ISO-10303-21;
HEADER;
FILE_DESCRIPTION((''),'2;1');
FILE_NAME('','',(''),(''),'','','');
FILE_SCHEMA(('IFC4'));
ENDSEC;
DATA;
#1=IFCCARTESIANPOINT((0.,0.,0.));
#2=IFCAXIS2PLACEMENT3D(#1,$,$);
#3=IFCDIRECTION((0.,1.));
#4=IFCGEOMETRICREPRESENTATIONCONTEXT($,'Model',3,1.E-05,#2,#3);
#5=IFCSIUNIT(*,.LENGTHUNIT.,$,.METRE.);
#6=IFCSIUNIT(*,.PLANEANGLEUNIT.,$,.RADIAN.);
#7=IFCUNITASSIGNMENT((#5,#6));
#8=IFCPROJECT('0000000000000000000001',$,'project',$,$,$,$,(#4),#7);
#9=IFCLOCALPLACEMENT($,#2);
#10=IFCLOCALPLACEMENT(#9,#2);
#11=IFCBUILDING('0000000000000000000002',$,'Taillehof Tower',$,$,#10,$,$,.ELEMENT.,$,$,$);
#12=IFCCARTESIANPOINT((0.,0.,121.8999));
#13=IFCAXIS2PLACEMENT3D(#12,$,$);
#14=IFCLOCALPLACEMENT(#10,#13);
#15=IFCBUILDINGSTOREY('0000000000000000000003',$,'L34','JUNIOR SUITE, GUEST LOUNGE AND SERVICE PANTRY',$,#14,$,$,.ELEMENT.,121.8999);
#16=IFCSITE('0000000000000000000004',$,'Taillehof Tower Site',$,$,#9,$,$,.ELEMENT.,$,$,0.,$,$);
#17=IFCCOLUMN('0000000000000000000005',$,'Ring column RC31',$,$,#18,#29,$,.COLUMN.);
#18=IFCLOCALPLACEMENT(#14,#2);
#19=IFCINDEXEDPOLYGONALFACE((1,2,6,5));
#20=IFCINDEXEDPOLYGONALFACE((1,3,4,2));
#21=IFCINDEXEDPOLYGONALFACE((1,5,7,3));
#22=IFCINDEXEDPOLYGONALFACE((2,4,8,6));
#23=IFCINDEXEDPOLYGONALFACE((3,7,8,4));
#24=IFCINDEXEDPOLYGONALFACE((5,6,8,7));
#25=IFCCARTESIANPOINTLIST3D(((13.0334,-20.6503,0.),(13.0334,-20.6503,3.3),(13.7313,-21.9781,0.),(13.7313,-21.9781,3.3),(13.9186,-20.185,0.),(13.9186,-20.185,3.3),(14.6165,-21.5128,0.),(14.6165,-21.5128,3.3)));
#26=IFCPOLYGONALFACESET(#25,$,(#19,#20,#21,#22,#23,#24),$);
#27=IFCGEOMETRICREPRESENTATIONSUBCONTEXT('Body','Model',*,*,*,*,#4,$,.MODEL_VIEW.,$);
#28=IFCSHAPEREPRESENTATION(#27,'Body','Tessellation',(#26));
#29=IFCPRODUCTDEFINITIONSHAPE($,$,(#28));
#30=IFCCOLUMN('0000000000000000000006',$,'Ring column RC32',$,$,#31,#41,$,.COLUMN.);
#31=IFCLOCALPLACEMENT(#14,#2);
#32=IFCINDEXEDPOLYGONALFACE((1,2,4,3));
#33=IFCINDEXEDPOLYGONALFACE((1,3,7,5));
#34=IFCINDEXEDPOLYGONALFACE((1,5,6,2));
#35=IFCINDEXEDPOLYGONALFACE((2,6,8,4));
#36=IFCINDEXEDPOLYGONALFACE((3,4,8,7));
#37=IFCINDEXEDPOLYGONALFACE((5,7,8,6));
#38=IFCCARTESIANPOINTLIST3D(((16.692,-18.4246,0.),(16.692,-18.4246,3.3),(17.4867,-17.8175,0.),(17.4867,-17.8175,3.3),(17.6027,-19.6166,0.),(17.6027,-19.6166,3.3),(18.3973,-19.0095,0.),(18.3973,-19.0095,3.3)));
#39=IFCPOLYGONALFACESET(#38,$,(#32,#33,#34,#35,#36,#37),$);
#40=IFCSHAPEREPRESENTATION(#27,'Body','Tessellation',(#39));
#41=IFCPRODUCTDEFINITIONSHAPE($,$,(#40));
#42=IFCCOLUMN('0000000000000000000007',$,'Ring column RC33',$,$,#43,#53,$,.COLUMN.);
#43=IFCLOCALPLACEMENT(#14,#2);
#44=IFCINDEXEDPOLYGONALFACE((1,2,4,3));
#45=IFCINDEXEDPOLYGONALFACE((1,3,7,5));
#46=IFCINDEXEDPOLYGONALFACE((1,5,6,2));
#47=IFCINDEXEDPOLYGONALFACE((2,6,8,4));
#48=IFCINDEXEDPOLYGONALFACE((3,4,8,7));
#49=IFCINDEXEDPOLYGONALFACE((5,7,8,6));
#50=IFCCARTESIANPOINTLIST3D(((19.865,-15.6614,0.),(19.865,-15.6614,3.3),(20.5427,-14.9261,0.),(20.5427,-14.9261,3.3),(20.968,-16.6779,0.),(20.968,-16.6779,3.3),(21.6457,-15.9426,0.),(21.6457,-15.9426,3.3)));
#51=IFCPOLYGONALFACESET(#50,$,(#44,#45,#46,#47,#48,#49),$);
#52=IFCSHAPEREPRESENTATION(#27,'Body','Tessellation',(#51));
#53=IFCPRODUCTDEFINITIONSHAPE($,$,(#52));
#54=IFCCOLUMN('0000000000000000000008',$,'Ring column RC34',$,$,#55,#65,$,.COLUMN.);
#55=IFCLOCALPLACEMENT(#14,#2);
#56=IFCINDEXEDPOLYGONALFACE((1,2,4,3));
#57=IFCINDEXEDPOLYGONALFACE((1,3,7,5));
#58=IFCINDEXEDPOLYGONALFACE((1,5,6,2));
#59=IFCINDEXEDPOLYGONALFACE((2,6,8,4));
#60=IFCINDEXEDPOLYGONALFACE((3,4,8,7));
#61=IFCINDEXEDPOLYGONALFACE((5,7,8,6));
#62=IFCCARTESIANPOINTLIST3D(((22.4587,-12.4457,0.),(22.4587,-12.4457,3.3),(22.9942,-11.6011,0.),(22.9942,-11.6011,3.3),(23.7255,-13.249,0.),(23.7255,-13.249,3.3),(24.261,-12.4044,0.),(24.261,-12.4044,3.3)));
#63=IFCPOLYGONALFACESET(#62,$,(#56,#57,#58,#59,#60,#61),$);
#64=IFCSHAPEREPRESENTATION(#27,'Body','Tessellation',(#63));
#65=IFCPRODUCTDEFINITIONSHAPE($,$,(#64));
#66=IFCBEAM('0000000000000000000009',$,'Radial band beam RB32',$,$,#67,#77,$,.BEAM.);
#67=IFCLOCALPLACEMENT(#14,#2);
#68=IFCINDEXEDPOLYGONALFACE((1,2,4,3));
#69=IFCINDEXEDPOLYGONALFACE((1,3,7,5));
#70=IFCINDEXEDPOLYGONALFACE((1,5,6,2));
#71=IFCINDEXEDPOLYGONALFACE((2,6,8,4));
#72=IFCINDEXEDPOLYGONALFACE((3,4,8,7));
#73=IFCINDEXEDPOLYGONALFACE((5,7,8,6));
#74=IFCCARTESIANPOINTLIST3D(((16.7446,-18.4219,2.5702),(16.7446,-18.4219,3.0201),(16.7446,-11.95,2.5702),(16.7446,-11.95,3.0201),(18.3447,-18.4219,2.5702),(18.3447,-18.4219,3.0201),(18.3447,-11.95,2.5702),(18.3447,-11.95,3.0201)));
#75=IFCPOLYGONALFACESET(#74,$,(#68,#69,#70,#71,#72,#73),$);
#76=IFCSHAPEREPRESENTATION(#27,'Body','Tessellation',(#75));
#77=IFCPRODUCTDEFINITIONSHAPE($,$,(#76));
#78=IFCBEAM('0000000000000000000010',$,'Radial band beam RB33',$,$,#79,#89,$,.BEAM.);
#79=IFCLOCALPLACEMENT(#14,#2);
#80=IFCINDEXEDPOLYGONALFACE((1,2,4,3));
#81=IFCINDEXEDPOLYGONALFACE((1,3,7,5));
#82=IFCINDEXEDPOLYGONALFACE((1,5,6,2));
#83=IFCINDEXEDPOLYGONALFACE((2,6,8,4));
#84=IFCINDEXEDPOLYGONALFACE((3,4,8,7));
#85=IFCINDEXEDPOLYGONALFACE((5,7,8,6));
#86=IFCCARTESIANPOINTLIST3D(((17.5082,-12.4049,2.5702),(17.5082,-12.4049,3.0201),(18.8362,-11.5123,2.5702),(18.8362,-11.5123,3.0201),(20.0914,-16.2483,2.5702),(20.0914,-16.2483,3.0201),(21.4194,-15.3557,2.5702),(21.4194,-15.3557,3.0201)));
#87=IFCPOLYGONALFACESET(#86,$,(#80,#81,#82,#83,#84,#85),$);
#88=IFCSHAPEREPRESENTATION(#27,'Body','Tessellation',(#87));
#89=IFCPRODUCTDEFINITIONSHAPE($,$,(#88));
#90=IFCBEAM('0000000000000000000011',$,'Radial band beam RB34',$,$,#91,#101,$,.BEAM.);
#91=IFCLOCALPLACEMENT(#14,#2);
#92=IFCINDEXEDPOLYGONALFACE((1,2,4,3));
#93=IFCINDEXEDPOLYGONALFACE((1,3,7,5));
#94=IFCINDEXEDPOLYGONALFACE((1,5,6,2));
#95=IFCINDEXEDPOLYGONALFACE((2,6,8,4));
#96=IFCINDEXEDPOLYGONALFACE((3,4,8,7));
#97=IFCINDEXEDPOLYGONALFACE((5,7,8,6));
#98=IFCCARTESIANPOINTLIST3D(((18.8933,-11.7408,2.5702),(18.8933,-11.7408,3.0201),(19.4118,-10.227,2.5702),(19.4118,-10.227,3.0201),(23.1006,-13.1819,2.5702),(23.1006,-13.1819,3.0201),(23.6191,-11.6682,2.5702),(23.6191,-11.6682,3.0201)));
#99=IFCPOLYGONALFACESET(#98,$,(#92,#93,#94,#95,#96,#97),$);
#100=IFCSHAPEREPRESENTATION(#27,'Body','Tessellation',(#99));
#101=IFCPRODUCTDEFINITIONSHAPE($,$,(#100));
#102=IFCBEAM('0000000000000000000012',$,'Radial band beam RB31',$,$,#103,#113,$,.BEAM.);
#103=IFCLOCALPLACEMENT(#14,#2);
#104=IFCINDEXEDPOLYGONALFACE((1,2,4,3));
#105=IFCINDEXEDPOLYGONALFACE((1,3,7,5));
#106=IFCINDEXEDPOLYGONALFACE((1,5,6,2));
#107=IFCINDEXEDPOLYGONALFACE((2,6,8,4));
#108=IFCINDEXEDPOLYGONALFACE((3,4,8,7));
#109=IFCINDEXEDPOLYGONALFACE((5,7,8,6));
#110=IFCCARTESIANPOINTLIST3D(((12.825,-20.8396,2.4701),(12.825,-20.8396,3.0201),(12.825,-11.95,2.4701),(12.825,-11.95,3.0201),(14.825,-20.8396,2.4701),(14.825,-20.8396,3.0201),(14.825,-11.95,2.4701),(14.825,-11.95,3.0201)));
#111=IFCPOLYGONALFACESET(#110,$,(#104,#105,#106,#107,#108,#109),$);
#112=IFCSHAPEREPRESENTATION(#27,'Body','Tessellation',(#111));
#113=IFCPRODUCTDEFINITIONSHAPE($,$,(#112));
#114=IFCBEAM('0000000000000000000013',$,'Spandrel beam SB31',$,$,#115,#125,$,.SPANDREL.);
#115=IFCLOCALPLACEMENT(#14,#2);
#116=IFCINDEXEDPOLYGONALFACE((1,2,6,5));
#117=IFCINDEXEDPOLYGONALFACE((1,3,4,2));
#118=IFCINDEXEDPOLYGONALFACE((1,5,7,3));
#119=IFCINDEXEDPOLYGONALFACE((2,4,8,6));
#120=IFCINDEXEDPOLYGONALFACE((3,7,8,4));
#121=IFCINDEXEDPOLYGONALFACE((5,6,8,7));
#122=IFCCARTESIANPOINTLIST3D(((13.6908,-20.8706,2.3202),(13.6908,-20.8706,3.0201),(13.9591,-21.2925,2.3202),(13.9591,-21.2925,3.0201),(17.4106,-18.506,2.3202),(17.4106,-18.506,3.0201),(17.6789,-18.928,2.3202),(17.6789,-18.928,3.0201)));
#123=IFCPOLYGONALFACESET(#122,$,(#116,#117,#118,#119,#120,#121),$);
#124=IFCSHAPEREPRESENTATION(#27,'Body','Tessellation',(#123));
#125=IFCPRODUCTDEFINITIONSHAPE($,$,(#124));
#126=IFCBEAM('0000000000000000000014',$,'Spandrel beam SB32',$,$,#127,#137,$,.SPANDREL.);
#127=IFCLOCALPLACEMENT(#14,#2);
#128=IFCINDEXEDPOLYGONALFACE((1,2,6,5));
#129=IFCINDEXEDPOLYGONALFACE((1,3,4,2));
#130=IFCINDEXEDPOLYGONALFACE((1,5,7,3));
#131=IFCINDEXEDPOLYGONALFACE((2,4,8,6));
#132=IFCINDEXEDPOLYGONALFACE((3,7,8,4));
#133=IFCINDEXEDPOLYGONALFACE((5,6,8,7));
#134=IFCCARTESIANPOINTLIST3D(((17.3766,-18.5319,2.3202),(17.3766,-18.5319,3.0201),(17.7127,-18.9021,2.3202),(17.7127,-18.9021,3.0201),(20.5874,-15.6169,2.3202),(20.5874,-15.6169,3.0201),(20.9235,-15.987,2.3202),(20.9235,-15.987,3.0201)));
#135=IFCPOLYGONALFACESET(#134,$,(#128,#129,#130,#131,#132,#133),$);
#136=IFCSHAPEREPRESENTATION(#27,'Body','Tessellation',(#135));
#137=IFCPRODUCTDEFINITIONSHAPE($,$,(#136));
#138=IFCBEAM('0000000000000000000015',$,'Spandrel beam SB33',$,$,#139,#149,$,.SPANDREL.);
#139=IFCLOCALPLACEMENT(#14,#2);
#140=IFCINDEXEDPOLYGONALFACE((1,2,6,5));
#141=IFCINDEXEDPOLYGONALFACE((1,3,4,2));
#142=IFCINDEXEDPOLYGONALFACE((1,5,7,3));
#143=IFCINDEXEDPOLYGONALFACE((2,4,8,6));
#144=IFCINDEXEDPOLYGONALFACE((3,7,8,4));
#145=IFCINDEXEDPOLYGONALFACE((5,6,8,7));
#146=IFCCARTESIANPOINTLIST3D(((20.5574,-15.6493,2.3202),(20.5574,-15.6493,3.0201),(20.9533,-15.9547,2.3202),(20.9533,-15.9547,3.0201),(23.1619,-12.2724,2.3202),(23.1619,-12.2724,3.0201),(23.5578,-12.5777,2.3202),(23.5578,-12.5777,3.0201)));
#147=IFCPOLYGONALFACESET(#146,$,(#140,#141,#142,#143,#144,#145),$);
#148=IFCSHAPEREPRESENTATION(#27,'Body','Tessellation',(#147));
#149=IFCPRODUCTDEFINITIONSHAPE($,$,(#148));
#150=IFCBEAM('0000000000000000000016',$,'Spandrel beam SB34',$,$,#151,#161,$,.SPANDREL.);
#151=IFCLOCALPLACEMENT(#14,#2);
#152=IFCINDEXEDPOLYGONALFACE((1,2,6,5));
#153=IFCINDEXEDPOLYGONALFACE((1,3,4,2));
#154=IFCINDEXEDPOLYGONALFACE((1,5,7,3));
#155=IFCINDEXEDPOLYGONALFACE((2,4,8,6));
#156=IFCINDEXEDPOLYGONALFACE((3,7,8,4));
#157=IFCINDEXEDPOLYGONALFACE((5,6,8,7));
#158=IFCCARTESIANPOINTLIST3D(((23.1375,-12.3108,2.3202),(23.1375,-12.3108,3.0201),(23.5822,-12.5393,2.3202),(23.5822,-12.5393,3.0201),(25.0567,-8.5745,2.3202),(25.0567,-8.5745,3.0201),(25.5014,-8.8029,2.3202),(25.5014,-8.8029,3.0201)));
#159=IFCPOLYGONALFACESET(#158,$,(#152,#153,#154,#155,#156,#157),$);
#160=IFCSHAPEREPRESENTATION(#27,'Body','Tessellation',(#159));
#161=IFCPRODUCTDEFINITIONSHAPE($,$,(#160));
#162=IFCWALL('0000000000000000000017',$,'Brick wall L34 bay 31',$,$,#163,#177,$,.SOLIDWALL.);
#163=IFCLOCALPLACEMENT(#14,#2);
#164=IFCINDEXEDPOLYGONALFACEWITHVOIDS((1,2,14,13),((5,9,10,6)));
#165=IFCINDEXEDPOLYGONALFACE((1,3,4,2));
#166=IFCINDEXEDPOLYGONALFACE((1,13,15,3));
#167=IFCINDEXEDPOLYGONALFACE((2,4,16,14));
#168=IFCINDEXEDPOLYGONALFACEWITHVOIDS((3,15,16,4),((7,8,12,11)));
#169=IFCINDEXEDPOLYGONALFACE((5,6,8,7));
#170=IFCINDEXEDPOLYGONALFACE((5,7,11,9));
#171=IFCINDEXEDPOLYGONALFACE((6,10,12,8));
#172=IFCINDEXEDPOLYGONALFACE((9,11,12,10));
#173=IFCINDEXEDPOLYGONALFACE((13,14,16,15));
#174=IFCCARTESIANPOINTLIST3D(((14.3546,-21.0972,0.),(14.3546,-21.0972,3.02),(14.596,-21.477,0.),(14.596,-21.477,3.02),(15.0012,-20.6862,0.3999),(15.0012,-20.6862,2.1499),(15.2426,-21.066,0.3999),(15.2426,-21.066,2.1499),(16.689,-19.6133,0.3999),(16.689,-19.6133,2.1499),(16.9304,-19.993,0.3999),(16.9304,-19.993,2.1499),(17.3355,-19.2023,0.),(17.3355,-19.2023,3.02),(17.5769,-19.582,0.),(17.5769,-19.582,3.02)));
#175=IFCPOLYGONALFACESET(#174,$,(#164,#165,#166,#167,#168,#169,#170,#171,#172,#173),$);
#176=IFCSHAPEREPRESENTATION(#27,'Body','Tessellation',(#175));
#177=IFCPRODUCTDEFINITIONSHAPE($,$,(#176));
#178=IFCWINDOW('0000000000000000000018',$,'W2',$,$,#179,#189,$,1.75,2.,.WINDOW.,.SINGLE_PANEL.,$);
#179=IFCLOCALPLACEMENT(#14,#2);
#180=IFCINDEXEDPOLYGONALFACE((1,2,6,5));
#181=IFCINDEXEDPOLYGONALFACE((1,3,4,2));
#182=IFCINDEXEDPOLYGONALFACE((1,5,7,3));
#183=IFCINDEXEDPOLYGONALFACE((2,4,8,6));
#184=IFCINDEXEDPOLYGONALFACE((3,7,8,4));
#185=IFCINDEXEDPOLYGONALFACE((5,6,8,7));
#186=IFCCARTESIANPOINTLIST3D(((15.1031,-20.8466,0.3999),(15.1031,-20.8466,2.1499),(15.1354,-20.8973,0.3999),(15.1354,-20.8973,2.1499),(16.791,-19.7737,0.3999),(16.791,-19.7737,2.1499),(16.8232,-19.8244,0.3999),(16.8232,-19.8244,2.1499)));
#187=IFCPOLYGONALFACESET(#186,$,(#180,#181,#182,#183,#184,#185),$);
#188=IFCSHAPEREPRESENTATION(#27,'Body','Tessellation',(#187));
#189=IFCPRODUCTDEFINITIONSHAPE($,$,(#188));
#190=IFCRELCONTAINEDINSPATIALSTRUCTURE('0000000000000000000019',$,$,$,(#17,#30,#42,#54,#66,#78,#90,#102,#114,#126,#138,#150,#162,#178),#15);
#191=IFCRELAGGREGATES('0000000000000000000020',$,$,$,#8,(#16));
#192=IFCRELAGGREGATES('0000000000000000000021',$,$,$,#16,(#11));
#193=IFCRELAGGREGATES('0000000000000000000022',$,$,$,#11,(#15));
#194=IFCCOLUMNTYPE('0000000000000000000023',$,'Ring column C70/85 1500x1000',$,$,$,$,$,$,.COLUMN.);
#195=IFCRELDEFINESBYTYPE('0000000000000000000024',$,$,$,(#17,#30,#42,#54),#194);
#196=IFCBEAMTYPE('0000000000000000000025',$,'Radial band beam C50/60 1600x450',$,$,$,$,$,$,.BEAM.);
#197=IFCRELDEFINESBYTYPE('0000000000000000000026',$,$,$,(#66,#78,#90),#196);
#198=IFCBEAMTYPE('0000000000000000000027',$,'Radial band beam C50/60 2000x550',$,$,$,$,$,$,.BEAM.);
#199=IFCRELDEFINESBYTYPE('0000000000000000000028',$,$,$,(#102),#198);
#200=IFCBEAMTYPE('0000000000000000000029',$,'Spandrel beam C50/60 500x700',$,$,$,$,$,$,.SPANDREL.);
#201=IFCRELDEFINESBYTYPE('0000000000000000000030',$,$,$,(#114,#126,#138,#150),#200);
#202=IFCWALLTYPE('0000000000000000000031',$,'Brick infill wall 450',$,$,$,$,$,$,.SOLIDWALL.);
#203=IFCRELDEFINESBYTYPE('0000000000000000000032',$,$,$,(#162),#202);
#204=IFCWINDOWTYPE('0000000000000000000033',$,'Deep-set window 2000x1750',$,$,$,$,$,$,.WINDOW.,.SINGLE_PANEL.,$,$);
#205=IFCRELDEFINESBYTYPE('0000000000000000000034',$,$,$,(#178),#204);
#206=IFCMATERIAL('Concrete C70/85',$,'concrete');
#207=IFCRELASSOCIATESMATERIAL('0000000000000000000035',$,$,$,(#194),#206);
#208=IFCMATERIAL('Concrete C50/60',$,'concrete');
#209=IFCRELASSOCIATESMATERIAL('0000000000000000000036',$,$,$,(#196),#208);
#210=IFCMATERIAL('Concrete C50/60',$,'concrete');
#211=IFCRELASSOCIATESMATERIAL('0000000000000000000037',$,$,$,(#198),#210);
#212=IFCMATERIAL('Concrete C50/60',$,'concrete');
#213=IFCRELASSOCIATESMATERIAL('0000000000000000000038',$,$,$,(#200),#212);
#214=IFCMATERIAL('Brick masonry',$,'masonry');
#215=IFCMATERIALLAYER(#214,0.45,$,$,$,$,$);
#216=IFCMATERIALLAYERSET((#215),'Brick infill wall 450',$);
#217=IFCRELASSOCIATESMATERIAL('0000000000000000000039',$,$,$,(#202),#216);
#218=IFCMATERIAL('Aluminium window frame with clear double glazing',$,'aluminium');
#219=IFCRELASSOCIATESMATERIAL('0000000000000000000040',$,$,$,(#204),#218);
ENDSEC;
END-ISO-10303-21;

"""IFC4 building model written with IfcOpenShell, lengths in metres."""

from ifc_helpers import new_model, si_unit, direction, frame, frame_2d, origin, origin_2d, place, context, subcontext, project, spatial, rectangle, extrude, material, layer, layer_set, material_profile, profile_set, type_object, element, fill, save


model = new_model("IFC4")

# Units and contexts
model_context = context("Model", 3, precision=1e-05, world=origin(), true_north=direction((0.0, 1.0)))
body_context = subcontext(model_context, "Body", "Model", "MODEL_VIEW")
ifc_project = project(units=[si_unit("LENGTHUNIT", "METRE"), si_unit("PLANEANGLEUNIT", "RADIAN")], contexts=[model_context])

# Site, building, storey
site_placement = place(None, origin())
site = spatial("IfcSite", under=ifc_project, at=site_placement, Name="Taillehof Tower Site", CompositionType="ELEMENT", RefElevation=0.0)
building_placement = place(site_placement, origin())
building = spatial("IfcBuilding", under=site, at=building_placement, Name="Taillehof Tower", CompositionType="ELEMENT")
storey_placement = place(building_placement, frame((0.0, 0.0, 121.8999)))
storey = spatial("IfcBuildingStorey", under=building, at=storey_placement, Name="L34", Description="JUNIOR SUITE, GUEST LOUNGE AND SERVICE PANTRY", CompositionType="ELEMENT", Elevation=121.8999)

# Columns
ifc_material_1 = material(Name="Concrete C70/85", Category="concrete")
ifc_material_profile_1 = material_profile(ifc_material_1, rectangle(XDim=1.5, YDim=1.0, at=origin_2d()), Name="RC 1500x1000")
ifc_profile_set_1 = profile_set([ifc_material_profile_1], Name="Concrete C70/85")
column_type = type_object("IfcColumnType", Name="Ring column C70/85 1500x1000", PredefinedType="COLUMN", material=ifc_profile_set_1)
for number, where, z_axis, x_axis, name in (
    (1, (13.825, -21.0815, 0.0), (0.0, 0.0, 1.0), (0.465283, -0.885162, 0.0), "Ring column RC31"),
    (2, (17.5447, -18.717, 0.0), (0.0, 0.0, 1.0), (0.607074, -0.794645, 0.0), "Ring column RC32"),
    (3, (20.7554, -15.802, 0.0), (0.0, 0.0, 1.0), (0.735332, -0.677707, 0.0), "Ring column RC33"),
    (4, (23.3599, -12.425, 0.0), (0.0, 0.0, 1.0), (0.844511, -0.535537, 0.0), "Ring column RC34"),
):
    element("IfcColumn", number, at=place(storey_placement, frame(where, z_axis=z_axis, x_axis=x_axis)), inside=storey, type_object=column_type, Name=name, PredefinedType="COLUMN", context=body_context, shape_type="SweptSolid", body=[
        extrude(rectangle(XDim=1.5, YDim=1.0, at=origin_2d()), origin(), (0.0, 0.0, 1.0), 3.3),
    ])

# Beams
ifc_material_2 = material(Name="Concrete C50/60", Category="concrete")
ifc_material_profile_2 = material_profile(ifc_material_2, rectangle(XDim=1.6001, YDim=0.45, at=origin_2d()), Name="RC 1600x450")
ifc_profile_set_2 = profile_set([ifc_material_profile_2], Name="Concrete C50/60")
beam_type_1 = type_object("IfcBeamType", Name="Radial band beam C50/60 1600x450", PredefinedType="BEAM", material=ifc_profile_set_2)
beam_1_placement = place(storey_placement, frame((17.5447, -18.4219, 2.7952), z_axis=(0.0, 1.0, 0.0), x_axis=(-1.0, 0.0, 0.0)))
element("IfcBeam", 5, at=beam_1_placement, inside=storey, type_object=beam_type_1, Name="Radial band beam RB32", PredefinedType="BEAM", context=body_context, shape_type="SweptSolid", body=[
    extrude(rectangle(XDim=1.6001, YDim=0.45, at=origin_2d()), origin(), (0.0, 0.0, 1.0), 6.4719),
])
beam_2_placement = place(storey_placement, frame((20.7554, -15.802, 2.7952), z_axis=(-0.557823, 0.82996, 0.0), x_axis=(-0.82996, -0.557823, 0.0)))
element("IfcBeam", 6, at=beam_2_placement, inside=storey, type_object=beam_type_1, Name="Radial band beam RB33", PredefinedType="BEAM", context=body_context, shape_type="SweptSolid", body=[
    extrude(rectangle(XDim=1.6001, YDim=0.45, at=origin_2d()), origin(), (0.0, 0.0, 1.0), 4.6309),
])
beam_3_placement = place(storey_placement, frame((23.3599, -12.425, 2.7952), z_axis=(-0.946038, 0.324056, 0.0), x_axis=(-0.324056, -0.946038, 0.0)))
element("IfcBeam", 7, at=beam_3_placement, inside=storey, type_object=beam_type_1, Name="Radial band beam RB34", PredefinedType="BEAM", context=body_context, shape_type="SweptSolid", body=[
    extrude(rectangle(XDim=1.6001, YDim=0.45, at=origin_2d()), origin(), (0.0, 0.0, 1.0), 4.4473),
])
ifc_material_3 = material(Name="Concrete C50/60", Category="concrete")
ifc_material_profile_3 = material_profile(ifc_material_3, rectangle(XDim=2.0, YDim=0.55, at=origin_2d()), Name="RC 2000x550")
ifc_profile_set_3 = profile_set([ifc_material_profile_3], Name="Concrete C50/60")
beam_type_2 = type_object("IfcBeamType", Name="Radial band beam C50/60 2000x550", PredefinedType="BEAM", material=ifc_profile_set_3)
beam_4_placement = place(storey_placement, frame((13.825, -20.8396, 2.7451), z_axis=(0.0, 1.0, 0.0), x_axis=(-1.0, 0.0, 0.0)))
element("IfcBeam", 8, at=beam_4_placement, inside=storey, type_object=beam_type_2, Name="Radial band beam RB31", PredefinedType="BEAM", context=body_context, shape_type="SweptSolid", body=[
    extrude(rectangle(XDim=2.0, YDim=0.55, at=origin_2d()), origin(), (0.0, 0.0, 1.0), 8.8896),
])
ifc_material_4 = material(Name="Concrete C50/60", Category="concrete")
ifc_material_profile_4 = material_profile(ifc_material_4, rectangle(XDim=0.5, YDim=0.7, at=origin_2d()), Name="RC 500x700")
ifc_profile_set_4 = profile_set([ifc_material_profile_4], Name="Concrete C50/60")
beam_type_3 = type_object("IfcBeamType", Name="Spandrel beam C50/60 500x700", PredefinedType="SPANDREL", material=ifc_profile_set_4)
beam_5_placement = place(storey_placement, frame((13.825, -21.0815, 2.6702), z_axis=(0.843928, 0.536456, 0.0), x_axis=(-0.536456, 0.843928, 0.0)))
element("IfcBeam", 9, at=beam_5_placement, inside=storey, type_object=beam_type_3, Name="Spandrel beam SB31", PredefinedType="SPANDREL", context=body_context, shape_type="SweptSolid", body=[
    extrude(rectangle(XDim=0.5, YDim=0.7, at=origin_2d()), origin(), (0.0, 0.0, 1.0), 4.4077),
])
beam_6_placement = place(storey_placement, frame((17.5447, -18.717, 2.6702), z_axis=(0.740373, 0.672196, 0.0), x_axis=(-0.672196, 0.740373, 0.0)))
element("IfcBeam", 10, at=beam_6_placement, inside=storey, type_object=beam_type_3, Name="Spandrel beam SB32", PredefinedType="SPANDREL", context=body_context, shape_type="SweptSolid", body=[
    extrude(rectangle(XDim=0.5, YDim=0.7, at=origin_2d()), origin(), (0.0, 0.0, 1.0), 4.3367),
])
beam_7_placement = place(storey_placement, frame((20.7554, -15.802, 2.6702), z_axis=(0.610717, 0.791849, 0.0), x_axis=(-0.791849, 0.610717, 0.0)))
element("IfcBeam", 11, at=beam_7_placement, inside=storey, type_object=beam_type_3, Name="Spandrel beam SB33", PredefinedType="SPANDREL", context=body_context, shape_type="SweptSolid", body=[
    extrude(rectangle(XDim=0.5, YDim=0.7, at=origin_2d()), origin(), (0.0, 0.0, 1.0), 4.2646),
])
beam_8_placement = place(storey_placement, frame((23.3599, -12.425, 2.6702), z_axis=(0.456905, 0.889515, 0.0), x_axis=(-0.889515, 0.456905, 0.0)))
element("IfcBeam", 12, at=beam_8_placement, inside=storey, type_object=beam_type_3, Name="Spandrel beam SB34", PredefinedType="SPANDREL", context=body_context, shape_type="SweptSolid", body=[
    extrude(rectangle(XDim=0.5, YDim=0.7, at=origin_2d()), origin(), (0.0, 0.0, 1.0), 4.2004),
])

# Wall, opening, window
ifc_material_5 = material(Name="Brick masonry", Category="masonry")
ifc_layer_1 = layer(ifc_material_5, 0.45)
ifc_layer_set_1 = layer_set([ifc_layer_1], Name="Brick infill wall 450")
wall_type_1 = type_object("IfcWallType", Name="Brick infill wall 450", PredefinedType="SOLIDWALL", material=ifc_layer_set_1)
wall_1_placement = place(storey_placement, frame((14.4753, -21.2871, 0.0), z_axis=(0.0, 0.0, 1.0), x_axis=(0.843912, 0.536482, 0.0)))
wall_1 = element("IfcWall", 13, at=wall_1_placement, inside=storey, type_object=wall_type_1, Name="Brick wall L34 bay 31", PredefinedType="SOLIDWALL", context=body_context, shape_type="SweptSolid", body=[
    extrude(rectangle(XDim=3.5322, YDim=0.45, at=frame_2d((1.7661, 0.0))), origin(), (0.0, 0.0, 1.0), 3.02),
])
opening_1_placement = place(wall_1_placement, frame((0.7661, 0.0, 0.3999)))
opening_1 = element("IfcOpeningElement", 14, at=opening_1_placement, cuts=wall_1, PredefinedType="OPENING", context=body_context, shape_type="SweptSolid", body=[
    extrude(rectangle(XDim=2.0, YDim=1.75, at=frame_2d((1.0, 0.875))), frame((0.0, 0.2349, 0.0), z_axis=(0.0, -1.0, 0.0), x_axis=(1.0, 0.0, 0.0)), (0.0, 0.0, 1.0), 0.47),
])
ifc_material_6 = material(Name="Aluminium window frame with clear double glazing", Category="aluminium")
window_type_1 = type_object("IfcWindowType", Name="Deep-set window 2000x1750", PartitioningType="SINGLE_PANEL", PredefinedType="WINDOW", material=ifc_material_6)
window_1_placement = place(opening_1_placement, origin())
window_1 = element("IfcWindow", 15, at=window_1_placement, inside=storey, type_object=window_type_1, Name="W2", OverallHeight=1.75, OverallWidth=2.0, PartitioningType="SINGLE_PANEL", PredefinedType="WINDOW", context=body_context, shape_type="SweptSolid", body=[
    extrude(rectangle(XDim=2.0, YDim=1.75, at=frame_2d((1.0, 0.875))), frame((0.0, 0.0349, 0.0), z_axis=(0.0, -1.0, 0.0), x_axis=(1.0, 0.0, 0.0)), (0.0, 0.0, 1.0), 0.0601),
])
fill(opening_1, window_1)

save(model, "model.ifc")
